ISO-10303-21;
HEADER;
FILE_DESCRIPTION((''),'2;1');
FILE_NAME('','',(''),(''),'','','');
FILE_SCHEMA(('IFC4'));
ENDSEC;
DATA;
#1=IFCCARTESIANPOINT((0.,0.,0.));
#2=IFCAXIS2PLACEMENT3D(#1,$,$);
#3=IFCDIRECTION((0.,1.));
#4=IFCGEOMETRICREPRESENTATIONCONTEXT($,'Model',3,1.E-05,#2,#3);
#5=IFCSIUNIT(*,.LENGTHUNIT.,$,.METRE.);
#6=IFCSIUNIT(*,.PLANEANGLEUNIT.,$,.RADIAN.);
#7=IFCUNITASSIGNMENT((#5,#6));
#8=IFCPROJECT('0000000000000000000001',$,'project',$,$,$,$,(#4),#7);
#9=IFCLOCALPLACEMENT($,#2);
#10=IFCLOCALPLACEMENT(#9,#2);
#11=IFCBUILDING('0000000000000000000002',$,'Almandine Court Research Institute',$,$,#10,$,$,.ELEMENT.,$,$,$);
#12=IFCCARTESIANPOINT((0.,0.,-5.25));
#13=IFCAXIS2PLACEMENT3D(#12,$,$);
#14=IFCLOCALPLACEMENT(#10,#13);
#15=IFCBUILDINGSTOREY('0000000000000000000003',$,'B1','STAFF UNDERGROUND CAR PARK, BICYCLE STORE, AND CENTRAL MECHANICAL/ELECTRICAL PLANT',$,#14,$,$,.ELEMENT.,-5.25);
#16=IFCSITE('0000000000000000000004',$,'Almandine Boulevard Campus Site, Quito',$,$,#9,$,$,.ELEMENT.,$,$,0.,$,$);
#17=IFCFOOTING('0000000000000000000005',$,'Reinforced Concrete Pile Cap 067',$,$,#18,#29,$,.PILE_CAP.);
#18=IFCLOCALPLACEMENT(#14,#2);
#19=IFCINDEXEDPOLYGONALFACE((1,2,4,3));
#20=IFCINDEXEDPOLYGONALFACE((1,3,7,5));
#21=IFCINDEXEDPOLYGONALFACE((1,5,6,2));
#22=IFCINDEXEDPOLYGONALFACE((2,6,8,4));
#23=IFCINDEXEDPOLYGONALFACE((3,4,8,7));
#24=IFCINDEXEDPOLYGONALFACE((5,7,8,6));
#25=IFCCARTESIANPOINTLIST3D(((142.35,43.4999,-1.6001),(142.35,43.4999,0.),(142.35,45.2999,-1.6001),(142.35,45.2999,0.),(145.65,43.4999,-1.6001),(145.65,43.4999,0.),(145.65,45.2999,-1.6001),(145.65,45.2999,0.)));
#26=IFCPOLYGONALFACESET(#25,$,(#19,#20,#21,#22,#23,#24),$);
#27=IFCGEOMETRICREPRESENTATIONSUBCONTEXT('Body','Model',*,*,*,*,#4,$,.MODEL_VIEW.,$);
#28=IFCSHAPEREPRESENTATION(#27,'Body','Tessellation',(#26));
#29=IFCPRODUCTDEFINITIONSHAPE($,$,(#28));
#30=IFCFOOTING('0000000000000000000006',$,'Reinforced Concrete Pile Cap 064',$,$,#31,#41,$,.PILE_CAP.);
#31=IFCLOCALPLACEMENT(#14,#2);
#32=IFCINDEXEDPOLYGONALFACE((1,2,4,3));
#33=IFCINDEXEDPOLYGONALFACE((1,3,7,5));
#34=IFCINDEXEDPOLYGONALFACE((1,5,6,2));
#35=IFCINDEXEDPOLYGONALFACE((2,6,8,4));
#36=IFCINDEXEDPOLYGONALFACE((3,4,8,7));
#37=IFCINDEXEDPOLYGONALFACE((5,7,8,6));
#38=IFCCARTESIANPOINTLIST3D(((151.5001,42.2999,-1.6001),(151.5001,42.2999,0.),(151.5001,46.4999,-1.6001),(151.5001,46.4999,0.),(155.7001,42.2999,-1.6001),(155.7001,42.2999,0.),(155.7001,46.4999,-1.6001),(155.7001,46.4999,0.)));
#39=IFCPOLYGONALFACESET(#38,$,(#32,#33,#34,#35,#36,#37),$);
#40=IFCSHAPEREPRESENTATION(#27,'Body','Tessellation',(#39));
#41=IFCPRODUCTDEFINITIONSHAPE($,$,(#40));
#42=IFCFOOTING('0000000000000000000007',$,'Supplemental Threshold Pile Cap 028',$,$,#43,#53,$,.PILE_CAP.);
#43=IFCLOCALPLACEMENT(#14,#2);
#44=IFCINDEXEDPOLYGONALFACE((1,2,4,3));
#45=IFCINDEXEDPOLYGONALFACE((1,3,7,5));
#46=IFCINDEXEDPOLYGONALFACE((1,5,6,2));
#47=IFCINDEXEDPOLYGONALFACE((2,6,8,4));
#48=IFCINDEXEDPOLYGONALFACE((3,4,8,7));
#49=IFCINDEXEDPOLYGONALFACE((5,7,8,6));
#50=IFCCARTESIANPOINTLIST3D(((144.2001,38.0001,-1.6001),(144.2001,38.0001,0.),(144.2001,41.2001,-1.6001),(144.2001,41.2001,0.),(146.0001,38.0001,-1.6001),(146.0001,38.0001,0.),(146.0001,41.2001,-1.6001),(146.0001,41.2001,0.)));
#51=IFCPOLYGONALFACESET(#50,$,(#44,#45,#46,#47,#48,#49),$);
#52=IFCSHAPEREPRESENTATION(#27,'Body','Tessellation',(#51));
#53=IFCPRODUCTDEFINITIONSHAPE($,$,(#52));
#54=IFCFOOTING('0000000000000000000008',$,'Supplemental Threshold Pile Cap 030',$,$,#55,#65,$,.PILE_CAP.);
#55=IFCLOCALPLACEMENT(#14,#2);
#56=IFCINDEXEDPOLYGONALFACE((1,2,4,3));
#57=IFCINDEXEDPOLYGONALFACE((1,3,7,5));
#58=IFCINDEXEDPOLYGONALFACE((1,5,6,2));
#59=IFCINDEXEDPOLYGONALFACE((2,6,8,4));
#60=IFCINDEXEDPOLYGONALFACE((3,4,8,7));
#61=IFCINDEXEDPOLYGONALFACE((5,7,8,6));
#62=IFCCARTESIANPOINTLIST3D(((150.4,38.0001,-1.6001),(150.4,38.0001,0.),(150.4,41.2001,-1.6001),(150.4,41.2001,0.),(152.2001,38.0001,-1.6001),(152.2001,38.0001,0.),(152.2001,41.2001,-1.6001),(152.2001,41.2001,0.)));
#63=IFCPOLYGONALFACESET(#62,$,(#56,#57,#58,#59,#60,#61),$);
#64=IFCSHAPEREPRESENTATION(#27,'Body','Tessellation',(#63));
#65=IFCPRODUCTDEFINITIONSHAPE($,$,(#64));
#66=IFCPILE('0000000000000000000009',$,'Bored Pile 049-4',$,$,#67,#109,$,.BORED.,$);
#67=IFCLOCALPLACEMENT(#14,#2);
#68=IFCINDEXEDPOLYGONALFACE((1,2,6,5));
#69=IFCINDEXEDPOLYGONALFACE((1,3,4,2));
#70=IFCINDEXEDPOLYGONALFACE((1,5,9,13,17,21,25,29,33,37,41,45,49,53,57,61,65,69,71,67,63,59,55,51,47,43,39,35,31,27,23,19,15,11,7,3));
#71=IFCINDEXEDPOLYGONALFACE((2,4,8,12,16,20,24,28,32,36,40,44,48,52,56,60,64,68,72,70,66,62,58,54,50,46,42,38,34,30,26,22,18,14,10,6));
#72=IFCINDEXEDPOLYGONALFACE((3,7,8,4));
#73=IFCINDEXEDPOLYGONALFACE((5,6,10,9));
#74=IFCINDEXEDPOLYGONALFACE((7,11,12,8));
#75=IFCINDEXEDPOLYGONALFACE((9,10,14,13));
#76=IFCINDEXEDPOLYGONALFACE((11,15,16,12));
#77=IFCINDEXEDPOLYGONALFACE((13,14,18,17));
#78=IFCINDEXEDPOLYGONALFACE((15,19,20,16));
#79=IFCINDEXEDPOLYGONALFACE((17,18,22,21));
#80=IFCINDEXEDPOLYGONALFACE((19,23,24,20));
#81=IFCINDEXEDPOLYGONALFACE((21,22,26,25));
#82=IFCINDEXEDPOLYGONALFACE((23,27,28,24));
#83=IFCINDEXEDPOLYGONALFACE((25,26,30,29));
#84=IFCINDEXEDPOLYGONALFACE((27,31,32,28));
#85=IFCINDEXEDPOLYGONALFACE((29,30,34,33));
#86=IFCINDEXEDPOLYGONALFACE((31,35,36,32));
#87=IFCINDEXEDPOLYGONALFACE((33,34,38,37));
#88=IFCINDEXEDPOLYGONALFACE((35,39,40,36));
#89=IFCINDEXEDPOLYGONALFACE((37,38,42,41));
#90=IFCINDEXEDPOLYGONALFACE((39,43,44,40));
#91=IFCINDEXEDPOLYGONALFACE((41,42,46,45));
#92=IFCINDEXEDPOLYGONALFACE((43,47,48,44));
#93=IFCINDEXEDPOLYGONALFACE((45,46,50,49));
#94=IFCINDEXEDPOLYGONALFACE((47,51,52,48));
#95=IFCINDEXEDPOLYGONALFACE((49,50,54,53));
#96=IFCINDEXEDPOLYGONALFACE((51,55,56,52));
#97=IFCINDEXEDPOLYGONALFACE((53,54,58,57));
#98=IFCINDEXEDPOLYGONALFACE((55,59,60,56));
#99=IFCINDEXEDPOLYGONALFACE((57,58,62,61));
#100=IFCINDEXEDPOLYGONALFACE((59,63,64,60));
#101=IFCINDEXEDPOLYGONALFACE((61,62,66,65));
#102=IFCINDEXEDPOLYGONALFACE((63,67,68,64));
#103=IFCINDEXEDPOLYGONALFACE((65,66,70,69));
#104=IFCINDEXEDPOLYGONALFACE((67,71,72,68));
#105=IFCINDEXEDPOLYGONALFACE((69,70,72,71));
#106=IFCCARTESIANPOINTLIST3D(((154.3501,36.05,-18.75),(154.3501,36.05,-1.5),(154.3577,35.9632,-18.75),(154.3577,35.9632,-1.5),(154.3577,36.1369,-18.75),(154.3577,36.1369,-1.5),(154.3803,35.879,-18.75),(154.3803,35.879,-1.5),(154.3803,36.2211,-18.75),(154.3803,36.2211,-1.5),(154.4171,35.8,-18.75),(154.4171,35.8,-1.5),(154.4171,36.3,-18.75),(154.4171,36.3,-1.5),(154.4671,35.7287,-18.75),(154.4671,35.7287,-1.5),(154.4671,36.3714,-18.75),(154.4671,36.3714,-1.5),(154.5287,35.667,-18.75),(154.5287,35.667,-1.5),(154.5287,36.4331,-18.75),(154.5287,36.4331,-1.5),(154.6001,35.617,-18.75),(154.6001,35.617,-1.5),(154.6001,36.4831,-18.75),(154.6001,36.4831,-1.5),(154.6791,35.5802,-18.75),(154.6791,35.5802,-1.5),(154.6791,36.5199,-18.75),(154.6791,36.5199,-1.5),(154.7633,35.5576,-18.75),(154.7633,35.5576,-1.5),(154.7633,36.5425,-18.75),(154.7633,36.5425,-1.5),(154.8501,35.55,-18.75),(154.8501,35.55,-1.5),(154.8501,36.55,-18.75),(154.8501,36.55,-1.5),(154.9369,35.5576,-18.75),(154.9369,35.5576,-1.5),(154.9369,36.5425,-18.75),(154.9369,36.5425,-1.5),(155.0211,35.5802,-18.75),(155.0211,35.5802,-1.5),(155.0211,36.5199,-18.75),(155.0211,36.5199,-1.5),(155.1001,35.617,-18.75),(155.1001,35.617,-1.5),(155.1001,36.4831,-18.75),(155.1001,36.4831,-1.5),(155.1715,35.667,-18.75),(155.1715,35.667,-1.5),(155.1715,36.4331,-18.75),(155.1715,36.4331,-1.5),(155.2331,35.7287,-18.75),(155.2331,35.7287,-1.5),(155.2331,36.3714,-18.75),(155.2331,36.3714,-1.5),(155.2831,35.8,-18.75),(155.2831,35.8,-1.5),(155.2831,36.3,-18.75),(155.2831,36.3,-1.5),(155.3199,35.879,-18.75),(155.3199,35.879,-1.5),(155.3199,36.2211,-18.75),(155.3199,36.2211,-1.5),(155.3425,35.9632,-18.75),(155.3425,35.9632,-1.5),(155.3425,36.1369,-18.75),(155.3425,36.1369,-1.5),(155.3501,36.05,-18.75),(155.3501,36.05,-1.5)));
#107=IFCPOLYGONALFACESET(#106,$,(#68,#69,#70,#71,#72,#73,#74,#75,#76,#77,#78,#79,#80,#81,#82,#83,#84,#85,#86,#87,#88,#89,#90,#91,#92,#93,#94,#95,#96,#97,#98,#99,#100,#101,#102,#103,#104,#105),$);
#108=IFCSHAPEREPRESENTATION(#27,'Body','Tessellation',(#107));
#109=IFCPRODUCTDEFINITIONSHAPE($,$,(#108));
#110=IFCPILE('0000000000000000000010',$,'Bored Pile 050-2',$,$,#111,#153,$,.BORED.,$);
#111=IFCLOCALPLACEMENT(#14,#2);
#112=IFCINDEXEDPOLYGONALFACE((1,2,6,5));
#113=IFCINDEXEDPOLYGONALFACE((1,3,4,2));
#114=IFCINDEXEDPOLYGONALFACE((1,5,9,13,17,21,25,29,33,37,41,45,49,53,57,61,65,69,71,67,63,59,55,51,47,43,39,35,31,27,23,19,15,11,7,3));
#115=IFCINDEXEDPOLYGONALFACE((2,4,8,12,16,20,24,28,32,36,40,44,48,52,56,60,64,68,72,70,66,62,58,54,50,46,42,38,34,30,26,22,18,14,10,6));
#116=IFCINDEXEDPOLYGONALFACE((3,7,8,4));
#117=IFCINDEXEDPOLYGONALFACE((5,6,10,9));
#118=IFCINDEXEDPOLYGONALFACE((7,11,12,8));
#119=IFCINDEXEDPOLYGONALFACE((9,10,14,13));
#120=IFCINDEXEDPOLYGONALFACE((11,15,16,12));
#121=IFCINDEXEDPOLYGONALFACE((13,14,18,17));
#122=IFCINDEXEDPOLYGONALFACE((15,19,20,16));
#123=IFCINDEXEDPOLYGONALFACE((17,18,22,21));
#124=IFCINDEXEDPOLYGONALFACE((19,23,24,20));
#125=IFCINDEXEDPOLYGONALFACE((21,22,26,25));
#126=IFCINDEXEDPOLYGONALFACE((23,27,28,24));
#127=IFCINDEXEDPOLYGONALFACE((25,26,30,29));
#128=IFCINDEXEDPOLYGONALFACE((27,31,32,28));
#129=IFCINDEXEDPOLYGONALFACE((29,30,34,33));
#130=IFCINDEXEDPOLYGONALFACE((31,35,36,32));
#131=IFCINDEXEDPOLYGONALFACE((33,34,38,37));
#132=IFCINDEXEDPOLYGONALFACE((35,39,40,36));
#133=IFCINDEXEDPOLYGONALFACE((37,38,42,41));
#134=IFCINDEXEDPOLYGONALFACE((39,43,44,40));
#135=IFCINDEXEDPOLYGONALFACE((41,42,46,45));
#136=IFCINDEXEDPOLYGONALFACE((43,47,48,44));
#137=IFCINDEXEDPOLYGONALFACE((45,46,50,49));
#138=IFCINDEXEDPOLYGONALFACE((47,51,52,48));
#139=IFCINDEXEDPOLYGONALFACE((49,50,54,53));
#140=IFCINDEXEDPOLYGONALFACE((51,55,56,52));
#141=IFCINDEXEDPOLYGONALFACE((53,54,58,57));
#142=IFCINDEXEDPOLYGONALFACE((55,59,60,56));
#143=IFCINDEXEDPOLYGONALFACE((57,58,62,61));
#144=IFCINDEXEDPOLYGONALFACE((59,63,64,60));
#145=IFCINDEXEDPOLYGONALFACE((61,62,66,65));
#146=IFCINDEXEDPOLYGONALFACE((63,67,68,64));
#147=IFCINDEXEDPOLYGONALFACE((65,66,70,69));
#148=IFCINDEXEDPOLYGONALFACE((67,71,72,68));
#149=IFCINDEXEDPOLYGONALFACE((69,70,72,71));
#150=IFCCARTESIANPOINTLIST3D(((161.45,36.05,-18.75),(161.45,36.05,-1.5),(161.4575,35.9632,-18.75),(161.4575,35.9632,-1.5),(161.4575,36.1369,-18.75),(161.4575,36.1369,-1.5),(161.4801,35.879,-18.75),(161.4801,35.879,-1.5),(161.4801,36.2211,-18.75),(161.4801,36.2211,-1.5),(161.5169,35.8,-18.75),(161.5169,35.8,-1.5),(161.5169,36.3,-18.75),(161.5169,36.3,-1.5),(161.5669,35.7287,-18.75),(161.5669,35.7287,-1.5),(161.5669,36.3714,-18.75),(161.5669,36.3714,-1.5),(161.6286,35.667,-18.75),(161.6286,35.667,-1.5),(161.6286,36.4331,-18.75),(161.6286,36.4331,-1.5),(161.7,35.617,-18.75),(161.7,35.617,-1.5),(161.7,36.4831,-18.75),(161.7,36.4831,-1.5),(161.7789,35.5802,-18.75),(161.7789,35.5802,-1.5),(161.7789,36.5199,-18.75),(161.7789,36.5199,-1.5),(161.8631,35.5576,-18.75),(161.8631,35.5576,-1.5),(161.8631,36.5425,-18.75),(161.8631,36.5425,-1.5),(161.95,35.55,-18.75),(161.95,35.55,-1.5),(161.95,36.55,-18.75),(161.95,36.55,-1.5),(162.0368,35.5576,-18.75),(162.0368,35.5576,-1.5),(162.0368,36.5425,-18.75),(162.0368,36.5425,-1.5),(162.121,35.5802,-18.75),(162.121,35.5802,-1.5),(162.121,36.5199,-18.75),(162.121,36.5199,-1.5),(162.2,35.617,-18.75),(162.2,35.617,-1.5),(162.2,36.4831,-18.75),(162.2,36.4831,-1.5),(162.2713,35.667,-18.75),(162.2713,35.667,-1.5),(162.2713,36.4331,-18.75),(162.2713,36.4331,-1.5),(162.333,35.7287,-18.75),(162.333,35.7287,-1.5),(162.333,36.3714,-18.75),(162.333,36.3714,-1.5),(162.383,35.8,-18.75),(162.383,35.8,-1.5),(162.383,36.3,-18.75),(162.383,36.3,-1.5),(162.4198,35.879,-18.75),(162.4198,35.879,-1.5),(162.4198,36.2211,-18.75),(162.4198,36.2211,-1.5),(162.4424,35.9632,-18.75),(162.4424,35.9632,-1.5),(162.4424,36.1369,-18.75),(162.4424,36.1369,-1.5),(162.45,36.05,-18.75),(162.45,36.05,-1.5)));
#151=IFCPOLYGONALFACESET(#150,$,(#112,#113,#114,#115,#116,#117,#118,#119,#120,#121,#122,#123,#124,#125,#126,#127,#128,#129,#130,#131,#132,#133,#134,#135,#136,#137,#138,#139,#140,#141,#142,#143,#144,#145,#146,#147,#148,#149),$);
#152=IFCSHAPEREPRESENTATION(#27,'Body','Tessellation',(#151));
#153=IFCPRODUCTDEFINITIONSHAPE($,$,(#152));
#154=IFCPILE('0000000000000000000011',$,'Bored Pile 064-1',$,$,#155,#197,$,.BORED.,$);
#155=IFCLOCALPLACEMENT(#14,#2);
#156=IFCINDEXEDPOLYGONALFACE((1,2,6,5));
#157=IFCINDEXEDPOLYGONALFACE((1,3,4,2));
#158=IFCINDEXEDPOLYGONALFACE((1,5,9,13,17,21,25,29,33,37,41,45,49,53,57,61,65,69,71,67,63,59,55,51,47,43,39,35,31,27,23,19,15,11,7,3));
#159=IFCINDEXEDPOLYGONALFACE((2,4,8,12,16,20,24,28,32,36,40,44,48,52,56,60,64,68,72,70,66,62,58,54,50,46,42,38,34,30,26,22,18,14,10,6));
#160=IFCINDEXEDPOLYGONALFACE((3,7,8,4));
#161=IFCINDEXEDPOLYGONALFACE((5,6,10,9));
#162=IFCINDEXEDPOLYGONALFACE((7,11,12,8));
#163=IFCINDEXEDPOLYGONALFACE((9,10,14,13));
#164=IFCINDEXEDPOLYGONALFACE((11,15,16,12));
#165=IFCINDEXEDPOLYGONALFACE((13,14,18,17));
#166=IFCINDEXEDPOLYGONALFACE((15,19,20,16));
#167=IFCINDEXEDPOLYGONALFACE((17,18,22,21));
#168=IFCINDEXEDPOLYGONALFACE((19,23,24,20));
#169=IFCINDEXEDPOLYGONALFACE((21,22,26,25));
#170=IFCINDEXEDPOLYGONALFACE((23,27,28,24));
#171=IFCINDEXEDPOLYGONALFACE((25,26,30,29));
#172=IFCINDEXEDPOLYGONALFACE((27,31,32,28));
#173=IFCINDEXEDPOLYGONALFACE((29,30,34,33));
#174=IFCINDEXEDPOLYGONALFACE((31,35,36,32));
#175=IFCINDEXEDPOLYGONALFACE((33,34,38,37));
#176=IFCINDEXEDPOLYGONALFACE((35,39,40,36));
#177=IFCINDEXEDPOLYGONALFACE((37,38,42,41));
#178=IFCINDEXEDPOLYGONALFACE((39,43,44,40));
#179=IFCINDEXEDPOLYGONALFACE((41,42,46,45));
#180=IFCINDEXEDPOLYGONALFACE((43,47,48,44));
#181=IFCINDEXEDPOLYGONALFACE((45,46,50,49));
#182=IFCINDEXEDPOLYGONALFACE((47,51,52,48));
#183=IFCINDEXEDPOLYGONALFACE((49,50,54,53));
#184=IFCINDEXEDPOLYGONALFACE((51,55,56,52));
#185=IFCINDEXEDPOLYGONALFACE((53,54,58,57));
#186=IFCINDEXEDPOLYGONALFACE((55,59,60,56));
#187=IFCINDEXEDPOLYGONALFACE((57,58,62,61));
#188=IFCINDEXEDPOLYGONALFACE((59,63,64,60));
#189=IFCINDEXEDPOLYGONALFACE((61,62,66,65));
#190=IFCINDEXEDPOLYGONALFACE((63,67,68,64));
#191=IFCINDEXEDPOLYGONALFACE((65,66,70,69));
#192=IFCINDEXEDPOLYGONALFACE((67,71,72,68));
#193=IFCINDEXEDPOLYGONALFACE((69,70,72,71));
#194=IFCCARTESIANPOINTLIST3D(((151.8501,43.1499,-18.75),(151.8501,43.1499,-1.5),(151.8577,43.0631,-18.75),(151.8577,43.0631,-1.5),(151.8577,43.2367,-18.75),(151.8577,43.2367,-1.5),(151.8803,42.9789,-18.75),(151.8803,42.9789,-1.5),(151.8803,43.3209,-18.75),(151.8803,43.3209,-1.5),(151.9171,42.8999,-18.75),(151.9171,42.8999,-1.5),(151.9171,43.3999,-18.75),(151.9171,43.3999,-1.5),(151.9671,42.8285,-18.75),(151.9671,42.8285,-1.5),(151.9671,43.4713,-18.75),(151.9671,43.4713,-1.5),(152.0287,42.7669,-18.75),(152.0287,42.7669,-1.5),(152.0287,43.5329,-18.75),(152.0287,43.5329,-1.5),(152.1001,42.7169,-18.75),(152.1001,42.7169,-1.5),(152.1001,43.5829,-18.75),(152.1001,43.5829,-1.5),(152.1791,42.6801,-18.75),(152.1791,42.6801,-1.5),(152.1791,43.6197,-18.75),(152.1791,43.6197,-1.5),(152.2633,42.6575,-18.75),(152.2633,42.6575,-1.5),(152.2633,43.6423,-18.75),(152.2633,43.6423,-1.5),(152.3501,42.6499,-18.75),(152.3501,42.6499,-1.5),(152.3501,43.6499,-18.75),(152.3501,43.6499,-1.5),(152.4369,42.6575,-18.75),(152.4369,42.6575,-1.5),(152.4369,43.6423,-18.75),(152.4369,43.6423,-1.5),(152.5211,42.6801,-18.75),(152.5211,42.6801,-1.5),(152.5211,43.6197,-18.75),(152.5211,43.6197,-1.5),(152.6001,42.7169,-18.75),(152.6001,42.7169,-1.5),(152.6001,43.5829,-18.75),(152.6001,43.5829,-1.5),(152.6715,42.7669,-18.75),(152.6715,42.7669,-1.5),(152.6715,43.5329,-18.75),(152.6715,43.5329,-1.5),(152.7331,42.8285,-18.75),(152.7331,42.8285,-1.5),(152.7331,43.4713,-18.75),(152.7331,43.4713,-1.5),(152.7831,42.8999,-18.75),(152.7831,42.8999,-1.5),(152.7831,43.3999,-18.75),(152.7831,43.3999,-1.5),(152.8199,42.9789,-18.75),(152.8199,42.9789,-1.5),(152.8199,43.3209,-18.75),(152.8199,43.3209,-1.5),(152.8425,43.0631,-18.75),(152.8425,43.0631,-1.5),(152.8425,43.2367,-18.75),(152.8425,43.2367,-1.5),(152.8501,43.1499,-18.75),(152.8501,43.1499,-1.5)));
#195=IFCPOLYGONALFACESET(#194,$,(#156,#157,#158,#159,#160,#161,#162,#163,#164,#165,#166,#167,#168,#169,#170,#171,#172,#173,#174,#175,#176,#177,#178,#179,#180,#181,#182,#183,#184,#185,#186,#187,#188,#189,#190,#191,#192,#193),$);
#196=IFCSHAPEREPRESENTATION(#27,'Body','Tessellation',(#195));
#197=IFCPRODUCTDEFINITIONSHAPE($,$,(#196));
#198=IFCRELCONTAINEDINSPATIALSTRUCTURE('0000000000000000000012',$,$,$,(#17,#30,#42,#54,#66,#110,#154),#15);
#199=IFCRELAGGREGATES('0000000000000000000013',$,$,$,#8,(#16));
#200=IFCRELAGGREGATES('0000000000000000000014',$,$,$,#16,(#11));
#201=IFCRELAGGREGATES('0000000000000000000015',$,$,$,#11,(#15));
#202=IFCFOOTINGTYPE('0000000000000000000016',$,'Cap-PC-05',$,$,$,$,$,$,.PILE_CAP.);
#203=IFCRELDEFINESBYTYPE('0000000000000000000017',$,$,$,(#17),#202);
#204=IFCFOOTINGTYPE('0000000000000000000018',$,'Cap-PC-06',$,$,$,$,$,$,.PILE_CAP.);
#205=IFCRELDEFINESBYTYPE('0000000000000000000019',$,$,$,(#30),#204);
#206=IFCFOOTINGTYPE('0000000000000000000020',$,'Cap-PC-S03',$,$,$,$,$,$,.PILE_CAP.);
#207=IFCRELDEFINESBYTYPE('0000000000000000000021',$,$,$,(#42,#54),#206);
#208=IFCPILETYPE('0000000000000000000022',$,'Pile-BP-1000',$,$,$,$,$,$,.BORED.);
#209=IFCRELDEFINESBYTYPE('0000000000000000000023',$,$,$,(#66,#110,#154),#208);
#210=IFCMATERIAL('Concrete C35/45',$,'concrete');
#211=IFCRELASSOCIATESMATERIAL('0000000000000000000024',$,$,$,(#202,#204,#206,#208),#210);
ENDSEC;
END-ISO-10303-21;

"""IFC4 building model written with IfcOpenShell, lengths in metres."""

from ifc_helpers import new_model, si_unit, direction, frame, origin, origin_2d, place, context, subcontext, project, spatial, rectangle, circle, extrude, material, material_profile, profile_set, type_object, element, save


model = new_model("IFC4")

# Units and contexts
model_context = context("Model", 3, precision=1e-05, world=origin(), true_north=direction((0.0, 1.0)))
body_context = subcontext(model_context, "Body", "Model", "MODEL_VIEW")
ifc_project = project(units=[si_unit("LENGTHUNIT", "METRE"), si_unit("PLANEANGLEUNIT", "RADIAN")], contexts=[model_context])

# Site, building, storey
site_placement = place(None, origin())
site = spatial("IfcSite", under=ifc_project, at=site_placement, Name="Almandine Boulevard Campus Site, Quito", CompositionType="ELEMENT", RefElevation=0.0)
building_placement = place(site_placement, origin())
building = spatial("IfcBuilding", under=site, at=building_placement, Name="Almandine Court Research Institute", CompositionType="ELEMENT")
storey_placement = place(building_placement, frame((0.0, 0.0, -5.25)))
storey = spatial("IfcBuildingStorey", under=building, at=storey_placement, Name="B1", Description="STAFF UNDERGROUND CAR PARK, BICYCLE STORE, AND CENTRAL MECHANICAL/ELECTRICAL PLANT", CompositionType="ELEMENT", Elevation=-5.25)

# Footings
ifc_material_1 = material(Name="Concrete C35/45", Category="concrete")
footing_type_1 = type_object("IfcFootingType", Name="Cap-PC-05", PredefinedType="PILE_CAP", material=ifc_material_1)
footing_1_placement = place(storey_placement, frame((144.0, 44.3999, -1.6001), z_axis=(0.0, 0.0, 1.0), x_axis=(1.0, 0.0, 0.0)))
element("IfcFooting", 1, at=footing_1_placement, inside=storey, type_object=footing_type_1, Name="Reinforced Concrete Pile Cap 067", PredefinedType="PILE_CAP", context=body_context, shape_type="SweptSolid", body=[
    extrude(rectangle(XDim=3.3, YDim=1.8, at=origin_2d()), origin(), (0.0, 0.0, 1.0), 1.6001),
])
footing_type_2 = type_object("IfcFootingType", Name="Cap-PC-06", PredefinedType="PILE_CAP", material=ifc_material_1)
footing_2_placement = place(storey_placement, frame((153.6001, 44.3999, -1.6001), z_axis=(0.0, 0.0, 1.0), x_axis=(1.0, 0.0, 0.0)))
element("IfcFooting", 2, at=footing_2_placement, inside=storey, type_object=footing_type_2, Name="Reinforced Concrete Pile Cap 064", PredefinedType="PILE_CAP", context=body_context, shape_type="SweptSolid", body=[
    extrude(rectangle(XDim=4.2, YDim=4.2, at=origin_2d()), origin(), (0.0, 0.0, 1.0), 1.6001),
])
footing_type_3 = type_object("IfcFootingType", Name="Cap-PC-S03", PredefinedType="PILE_CAP", material=ifc_material_1)
for number, where, z_axis, x_axis, name in (
    (3, (145.1001, 39.6001, -1.6001), (0.0, 0.0, 1.0), (1.0, 0.0, 0.0), "Supplemental Threshold Pile Cap 028"),
    (4, (151.3, 39.6001, -1.6001), (0.0, 0.0, 1.0), (1.0, 0.0, 0.0), "Supplemental Threshold Pile Cap 030"),
):
    element("IfcFooting", number, at=place(storey_placement, frame(where, z_axis=z_axis, x_axis=x_axis)), inside=storey, type_object=footing_type_3, Name=name, PredefinedType="PILE_CAP", context=body_context, shape_type="SweptSolid", body=[
        extrude(rectangle(XDim=1.8, YDim=3.2, at=origin_2d()), origin(), (0.0, 0.0, 1.0), 1.6001),
    ])

# Piles
ifc_material_profile_1 = material_profile(ifc_material_1, circle(Radius=0.5, at=origin_2d()), Name="BORED PILE D1000")
ifc_profile_set_1 = profile_set([ifc_material_profile_1], Name="Concrete C35/45")
pile_type_1 = type_object("IfcPileType", Name="Pile-BP-1000", PredefinedType="BORED", material=ifc_profile_set_1)
for number, where, z_axis, x_axis, name in (
    (5, (154.8501, 36.05, -1.5), (0.0, 0.0, -1.0), (1.0, 0.0, 0.0), "Bored Pile 049-4"),
    (6, (161.95, 36.05, -1.5), (0.0, 0.0, -1.0), (1.0, 0.0, 0.0), "Bored Pile 050-2"),
    (7, (152.3501, 43.1499, -1.5), (0.0, 0.0, -1.0), (1.0, 0.0, 0.0), "Bored Pile 064-1"),
):
    element("IfcPile", number, at=place(storey_placement, frame(where, z_axis=z_axis, x_axis=x_axis)), inside=storey, type_object=pile_type_1, Name=name, PredefinedType="BORED", context=body_context, shape_type="SweptSolid", body=[
        extrude(circle(Radius=0.5, at=origin_2d()), origin(), (0.0, 0.0, 1.0), 17.25),
    ])

save(model, "model.ifc")
